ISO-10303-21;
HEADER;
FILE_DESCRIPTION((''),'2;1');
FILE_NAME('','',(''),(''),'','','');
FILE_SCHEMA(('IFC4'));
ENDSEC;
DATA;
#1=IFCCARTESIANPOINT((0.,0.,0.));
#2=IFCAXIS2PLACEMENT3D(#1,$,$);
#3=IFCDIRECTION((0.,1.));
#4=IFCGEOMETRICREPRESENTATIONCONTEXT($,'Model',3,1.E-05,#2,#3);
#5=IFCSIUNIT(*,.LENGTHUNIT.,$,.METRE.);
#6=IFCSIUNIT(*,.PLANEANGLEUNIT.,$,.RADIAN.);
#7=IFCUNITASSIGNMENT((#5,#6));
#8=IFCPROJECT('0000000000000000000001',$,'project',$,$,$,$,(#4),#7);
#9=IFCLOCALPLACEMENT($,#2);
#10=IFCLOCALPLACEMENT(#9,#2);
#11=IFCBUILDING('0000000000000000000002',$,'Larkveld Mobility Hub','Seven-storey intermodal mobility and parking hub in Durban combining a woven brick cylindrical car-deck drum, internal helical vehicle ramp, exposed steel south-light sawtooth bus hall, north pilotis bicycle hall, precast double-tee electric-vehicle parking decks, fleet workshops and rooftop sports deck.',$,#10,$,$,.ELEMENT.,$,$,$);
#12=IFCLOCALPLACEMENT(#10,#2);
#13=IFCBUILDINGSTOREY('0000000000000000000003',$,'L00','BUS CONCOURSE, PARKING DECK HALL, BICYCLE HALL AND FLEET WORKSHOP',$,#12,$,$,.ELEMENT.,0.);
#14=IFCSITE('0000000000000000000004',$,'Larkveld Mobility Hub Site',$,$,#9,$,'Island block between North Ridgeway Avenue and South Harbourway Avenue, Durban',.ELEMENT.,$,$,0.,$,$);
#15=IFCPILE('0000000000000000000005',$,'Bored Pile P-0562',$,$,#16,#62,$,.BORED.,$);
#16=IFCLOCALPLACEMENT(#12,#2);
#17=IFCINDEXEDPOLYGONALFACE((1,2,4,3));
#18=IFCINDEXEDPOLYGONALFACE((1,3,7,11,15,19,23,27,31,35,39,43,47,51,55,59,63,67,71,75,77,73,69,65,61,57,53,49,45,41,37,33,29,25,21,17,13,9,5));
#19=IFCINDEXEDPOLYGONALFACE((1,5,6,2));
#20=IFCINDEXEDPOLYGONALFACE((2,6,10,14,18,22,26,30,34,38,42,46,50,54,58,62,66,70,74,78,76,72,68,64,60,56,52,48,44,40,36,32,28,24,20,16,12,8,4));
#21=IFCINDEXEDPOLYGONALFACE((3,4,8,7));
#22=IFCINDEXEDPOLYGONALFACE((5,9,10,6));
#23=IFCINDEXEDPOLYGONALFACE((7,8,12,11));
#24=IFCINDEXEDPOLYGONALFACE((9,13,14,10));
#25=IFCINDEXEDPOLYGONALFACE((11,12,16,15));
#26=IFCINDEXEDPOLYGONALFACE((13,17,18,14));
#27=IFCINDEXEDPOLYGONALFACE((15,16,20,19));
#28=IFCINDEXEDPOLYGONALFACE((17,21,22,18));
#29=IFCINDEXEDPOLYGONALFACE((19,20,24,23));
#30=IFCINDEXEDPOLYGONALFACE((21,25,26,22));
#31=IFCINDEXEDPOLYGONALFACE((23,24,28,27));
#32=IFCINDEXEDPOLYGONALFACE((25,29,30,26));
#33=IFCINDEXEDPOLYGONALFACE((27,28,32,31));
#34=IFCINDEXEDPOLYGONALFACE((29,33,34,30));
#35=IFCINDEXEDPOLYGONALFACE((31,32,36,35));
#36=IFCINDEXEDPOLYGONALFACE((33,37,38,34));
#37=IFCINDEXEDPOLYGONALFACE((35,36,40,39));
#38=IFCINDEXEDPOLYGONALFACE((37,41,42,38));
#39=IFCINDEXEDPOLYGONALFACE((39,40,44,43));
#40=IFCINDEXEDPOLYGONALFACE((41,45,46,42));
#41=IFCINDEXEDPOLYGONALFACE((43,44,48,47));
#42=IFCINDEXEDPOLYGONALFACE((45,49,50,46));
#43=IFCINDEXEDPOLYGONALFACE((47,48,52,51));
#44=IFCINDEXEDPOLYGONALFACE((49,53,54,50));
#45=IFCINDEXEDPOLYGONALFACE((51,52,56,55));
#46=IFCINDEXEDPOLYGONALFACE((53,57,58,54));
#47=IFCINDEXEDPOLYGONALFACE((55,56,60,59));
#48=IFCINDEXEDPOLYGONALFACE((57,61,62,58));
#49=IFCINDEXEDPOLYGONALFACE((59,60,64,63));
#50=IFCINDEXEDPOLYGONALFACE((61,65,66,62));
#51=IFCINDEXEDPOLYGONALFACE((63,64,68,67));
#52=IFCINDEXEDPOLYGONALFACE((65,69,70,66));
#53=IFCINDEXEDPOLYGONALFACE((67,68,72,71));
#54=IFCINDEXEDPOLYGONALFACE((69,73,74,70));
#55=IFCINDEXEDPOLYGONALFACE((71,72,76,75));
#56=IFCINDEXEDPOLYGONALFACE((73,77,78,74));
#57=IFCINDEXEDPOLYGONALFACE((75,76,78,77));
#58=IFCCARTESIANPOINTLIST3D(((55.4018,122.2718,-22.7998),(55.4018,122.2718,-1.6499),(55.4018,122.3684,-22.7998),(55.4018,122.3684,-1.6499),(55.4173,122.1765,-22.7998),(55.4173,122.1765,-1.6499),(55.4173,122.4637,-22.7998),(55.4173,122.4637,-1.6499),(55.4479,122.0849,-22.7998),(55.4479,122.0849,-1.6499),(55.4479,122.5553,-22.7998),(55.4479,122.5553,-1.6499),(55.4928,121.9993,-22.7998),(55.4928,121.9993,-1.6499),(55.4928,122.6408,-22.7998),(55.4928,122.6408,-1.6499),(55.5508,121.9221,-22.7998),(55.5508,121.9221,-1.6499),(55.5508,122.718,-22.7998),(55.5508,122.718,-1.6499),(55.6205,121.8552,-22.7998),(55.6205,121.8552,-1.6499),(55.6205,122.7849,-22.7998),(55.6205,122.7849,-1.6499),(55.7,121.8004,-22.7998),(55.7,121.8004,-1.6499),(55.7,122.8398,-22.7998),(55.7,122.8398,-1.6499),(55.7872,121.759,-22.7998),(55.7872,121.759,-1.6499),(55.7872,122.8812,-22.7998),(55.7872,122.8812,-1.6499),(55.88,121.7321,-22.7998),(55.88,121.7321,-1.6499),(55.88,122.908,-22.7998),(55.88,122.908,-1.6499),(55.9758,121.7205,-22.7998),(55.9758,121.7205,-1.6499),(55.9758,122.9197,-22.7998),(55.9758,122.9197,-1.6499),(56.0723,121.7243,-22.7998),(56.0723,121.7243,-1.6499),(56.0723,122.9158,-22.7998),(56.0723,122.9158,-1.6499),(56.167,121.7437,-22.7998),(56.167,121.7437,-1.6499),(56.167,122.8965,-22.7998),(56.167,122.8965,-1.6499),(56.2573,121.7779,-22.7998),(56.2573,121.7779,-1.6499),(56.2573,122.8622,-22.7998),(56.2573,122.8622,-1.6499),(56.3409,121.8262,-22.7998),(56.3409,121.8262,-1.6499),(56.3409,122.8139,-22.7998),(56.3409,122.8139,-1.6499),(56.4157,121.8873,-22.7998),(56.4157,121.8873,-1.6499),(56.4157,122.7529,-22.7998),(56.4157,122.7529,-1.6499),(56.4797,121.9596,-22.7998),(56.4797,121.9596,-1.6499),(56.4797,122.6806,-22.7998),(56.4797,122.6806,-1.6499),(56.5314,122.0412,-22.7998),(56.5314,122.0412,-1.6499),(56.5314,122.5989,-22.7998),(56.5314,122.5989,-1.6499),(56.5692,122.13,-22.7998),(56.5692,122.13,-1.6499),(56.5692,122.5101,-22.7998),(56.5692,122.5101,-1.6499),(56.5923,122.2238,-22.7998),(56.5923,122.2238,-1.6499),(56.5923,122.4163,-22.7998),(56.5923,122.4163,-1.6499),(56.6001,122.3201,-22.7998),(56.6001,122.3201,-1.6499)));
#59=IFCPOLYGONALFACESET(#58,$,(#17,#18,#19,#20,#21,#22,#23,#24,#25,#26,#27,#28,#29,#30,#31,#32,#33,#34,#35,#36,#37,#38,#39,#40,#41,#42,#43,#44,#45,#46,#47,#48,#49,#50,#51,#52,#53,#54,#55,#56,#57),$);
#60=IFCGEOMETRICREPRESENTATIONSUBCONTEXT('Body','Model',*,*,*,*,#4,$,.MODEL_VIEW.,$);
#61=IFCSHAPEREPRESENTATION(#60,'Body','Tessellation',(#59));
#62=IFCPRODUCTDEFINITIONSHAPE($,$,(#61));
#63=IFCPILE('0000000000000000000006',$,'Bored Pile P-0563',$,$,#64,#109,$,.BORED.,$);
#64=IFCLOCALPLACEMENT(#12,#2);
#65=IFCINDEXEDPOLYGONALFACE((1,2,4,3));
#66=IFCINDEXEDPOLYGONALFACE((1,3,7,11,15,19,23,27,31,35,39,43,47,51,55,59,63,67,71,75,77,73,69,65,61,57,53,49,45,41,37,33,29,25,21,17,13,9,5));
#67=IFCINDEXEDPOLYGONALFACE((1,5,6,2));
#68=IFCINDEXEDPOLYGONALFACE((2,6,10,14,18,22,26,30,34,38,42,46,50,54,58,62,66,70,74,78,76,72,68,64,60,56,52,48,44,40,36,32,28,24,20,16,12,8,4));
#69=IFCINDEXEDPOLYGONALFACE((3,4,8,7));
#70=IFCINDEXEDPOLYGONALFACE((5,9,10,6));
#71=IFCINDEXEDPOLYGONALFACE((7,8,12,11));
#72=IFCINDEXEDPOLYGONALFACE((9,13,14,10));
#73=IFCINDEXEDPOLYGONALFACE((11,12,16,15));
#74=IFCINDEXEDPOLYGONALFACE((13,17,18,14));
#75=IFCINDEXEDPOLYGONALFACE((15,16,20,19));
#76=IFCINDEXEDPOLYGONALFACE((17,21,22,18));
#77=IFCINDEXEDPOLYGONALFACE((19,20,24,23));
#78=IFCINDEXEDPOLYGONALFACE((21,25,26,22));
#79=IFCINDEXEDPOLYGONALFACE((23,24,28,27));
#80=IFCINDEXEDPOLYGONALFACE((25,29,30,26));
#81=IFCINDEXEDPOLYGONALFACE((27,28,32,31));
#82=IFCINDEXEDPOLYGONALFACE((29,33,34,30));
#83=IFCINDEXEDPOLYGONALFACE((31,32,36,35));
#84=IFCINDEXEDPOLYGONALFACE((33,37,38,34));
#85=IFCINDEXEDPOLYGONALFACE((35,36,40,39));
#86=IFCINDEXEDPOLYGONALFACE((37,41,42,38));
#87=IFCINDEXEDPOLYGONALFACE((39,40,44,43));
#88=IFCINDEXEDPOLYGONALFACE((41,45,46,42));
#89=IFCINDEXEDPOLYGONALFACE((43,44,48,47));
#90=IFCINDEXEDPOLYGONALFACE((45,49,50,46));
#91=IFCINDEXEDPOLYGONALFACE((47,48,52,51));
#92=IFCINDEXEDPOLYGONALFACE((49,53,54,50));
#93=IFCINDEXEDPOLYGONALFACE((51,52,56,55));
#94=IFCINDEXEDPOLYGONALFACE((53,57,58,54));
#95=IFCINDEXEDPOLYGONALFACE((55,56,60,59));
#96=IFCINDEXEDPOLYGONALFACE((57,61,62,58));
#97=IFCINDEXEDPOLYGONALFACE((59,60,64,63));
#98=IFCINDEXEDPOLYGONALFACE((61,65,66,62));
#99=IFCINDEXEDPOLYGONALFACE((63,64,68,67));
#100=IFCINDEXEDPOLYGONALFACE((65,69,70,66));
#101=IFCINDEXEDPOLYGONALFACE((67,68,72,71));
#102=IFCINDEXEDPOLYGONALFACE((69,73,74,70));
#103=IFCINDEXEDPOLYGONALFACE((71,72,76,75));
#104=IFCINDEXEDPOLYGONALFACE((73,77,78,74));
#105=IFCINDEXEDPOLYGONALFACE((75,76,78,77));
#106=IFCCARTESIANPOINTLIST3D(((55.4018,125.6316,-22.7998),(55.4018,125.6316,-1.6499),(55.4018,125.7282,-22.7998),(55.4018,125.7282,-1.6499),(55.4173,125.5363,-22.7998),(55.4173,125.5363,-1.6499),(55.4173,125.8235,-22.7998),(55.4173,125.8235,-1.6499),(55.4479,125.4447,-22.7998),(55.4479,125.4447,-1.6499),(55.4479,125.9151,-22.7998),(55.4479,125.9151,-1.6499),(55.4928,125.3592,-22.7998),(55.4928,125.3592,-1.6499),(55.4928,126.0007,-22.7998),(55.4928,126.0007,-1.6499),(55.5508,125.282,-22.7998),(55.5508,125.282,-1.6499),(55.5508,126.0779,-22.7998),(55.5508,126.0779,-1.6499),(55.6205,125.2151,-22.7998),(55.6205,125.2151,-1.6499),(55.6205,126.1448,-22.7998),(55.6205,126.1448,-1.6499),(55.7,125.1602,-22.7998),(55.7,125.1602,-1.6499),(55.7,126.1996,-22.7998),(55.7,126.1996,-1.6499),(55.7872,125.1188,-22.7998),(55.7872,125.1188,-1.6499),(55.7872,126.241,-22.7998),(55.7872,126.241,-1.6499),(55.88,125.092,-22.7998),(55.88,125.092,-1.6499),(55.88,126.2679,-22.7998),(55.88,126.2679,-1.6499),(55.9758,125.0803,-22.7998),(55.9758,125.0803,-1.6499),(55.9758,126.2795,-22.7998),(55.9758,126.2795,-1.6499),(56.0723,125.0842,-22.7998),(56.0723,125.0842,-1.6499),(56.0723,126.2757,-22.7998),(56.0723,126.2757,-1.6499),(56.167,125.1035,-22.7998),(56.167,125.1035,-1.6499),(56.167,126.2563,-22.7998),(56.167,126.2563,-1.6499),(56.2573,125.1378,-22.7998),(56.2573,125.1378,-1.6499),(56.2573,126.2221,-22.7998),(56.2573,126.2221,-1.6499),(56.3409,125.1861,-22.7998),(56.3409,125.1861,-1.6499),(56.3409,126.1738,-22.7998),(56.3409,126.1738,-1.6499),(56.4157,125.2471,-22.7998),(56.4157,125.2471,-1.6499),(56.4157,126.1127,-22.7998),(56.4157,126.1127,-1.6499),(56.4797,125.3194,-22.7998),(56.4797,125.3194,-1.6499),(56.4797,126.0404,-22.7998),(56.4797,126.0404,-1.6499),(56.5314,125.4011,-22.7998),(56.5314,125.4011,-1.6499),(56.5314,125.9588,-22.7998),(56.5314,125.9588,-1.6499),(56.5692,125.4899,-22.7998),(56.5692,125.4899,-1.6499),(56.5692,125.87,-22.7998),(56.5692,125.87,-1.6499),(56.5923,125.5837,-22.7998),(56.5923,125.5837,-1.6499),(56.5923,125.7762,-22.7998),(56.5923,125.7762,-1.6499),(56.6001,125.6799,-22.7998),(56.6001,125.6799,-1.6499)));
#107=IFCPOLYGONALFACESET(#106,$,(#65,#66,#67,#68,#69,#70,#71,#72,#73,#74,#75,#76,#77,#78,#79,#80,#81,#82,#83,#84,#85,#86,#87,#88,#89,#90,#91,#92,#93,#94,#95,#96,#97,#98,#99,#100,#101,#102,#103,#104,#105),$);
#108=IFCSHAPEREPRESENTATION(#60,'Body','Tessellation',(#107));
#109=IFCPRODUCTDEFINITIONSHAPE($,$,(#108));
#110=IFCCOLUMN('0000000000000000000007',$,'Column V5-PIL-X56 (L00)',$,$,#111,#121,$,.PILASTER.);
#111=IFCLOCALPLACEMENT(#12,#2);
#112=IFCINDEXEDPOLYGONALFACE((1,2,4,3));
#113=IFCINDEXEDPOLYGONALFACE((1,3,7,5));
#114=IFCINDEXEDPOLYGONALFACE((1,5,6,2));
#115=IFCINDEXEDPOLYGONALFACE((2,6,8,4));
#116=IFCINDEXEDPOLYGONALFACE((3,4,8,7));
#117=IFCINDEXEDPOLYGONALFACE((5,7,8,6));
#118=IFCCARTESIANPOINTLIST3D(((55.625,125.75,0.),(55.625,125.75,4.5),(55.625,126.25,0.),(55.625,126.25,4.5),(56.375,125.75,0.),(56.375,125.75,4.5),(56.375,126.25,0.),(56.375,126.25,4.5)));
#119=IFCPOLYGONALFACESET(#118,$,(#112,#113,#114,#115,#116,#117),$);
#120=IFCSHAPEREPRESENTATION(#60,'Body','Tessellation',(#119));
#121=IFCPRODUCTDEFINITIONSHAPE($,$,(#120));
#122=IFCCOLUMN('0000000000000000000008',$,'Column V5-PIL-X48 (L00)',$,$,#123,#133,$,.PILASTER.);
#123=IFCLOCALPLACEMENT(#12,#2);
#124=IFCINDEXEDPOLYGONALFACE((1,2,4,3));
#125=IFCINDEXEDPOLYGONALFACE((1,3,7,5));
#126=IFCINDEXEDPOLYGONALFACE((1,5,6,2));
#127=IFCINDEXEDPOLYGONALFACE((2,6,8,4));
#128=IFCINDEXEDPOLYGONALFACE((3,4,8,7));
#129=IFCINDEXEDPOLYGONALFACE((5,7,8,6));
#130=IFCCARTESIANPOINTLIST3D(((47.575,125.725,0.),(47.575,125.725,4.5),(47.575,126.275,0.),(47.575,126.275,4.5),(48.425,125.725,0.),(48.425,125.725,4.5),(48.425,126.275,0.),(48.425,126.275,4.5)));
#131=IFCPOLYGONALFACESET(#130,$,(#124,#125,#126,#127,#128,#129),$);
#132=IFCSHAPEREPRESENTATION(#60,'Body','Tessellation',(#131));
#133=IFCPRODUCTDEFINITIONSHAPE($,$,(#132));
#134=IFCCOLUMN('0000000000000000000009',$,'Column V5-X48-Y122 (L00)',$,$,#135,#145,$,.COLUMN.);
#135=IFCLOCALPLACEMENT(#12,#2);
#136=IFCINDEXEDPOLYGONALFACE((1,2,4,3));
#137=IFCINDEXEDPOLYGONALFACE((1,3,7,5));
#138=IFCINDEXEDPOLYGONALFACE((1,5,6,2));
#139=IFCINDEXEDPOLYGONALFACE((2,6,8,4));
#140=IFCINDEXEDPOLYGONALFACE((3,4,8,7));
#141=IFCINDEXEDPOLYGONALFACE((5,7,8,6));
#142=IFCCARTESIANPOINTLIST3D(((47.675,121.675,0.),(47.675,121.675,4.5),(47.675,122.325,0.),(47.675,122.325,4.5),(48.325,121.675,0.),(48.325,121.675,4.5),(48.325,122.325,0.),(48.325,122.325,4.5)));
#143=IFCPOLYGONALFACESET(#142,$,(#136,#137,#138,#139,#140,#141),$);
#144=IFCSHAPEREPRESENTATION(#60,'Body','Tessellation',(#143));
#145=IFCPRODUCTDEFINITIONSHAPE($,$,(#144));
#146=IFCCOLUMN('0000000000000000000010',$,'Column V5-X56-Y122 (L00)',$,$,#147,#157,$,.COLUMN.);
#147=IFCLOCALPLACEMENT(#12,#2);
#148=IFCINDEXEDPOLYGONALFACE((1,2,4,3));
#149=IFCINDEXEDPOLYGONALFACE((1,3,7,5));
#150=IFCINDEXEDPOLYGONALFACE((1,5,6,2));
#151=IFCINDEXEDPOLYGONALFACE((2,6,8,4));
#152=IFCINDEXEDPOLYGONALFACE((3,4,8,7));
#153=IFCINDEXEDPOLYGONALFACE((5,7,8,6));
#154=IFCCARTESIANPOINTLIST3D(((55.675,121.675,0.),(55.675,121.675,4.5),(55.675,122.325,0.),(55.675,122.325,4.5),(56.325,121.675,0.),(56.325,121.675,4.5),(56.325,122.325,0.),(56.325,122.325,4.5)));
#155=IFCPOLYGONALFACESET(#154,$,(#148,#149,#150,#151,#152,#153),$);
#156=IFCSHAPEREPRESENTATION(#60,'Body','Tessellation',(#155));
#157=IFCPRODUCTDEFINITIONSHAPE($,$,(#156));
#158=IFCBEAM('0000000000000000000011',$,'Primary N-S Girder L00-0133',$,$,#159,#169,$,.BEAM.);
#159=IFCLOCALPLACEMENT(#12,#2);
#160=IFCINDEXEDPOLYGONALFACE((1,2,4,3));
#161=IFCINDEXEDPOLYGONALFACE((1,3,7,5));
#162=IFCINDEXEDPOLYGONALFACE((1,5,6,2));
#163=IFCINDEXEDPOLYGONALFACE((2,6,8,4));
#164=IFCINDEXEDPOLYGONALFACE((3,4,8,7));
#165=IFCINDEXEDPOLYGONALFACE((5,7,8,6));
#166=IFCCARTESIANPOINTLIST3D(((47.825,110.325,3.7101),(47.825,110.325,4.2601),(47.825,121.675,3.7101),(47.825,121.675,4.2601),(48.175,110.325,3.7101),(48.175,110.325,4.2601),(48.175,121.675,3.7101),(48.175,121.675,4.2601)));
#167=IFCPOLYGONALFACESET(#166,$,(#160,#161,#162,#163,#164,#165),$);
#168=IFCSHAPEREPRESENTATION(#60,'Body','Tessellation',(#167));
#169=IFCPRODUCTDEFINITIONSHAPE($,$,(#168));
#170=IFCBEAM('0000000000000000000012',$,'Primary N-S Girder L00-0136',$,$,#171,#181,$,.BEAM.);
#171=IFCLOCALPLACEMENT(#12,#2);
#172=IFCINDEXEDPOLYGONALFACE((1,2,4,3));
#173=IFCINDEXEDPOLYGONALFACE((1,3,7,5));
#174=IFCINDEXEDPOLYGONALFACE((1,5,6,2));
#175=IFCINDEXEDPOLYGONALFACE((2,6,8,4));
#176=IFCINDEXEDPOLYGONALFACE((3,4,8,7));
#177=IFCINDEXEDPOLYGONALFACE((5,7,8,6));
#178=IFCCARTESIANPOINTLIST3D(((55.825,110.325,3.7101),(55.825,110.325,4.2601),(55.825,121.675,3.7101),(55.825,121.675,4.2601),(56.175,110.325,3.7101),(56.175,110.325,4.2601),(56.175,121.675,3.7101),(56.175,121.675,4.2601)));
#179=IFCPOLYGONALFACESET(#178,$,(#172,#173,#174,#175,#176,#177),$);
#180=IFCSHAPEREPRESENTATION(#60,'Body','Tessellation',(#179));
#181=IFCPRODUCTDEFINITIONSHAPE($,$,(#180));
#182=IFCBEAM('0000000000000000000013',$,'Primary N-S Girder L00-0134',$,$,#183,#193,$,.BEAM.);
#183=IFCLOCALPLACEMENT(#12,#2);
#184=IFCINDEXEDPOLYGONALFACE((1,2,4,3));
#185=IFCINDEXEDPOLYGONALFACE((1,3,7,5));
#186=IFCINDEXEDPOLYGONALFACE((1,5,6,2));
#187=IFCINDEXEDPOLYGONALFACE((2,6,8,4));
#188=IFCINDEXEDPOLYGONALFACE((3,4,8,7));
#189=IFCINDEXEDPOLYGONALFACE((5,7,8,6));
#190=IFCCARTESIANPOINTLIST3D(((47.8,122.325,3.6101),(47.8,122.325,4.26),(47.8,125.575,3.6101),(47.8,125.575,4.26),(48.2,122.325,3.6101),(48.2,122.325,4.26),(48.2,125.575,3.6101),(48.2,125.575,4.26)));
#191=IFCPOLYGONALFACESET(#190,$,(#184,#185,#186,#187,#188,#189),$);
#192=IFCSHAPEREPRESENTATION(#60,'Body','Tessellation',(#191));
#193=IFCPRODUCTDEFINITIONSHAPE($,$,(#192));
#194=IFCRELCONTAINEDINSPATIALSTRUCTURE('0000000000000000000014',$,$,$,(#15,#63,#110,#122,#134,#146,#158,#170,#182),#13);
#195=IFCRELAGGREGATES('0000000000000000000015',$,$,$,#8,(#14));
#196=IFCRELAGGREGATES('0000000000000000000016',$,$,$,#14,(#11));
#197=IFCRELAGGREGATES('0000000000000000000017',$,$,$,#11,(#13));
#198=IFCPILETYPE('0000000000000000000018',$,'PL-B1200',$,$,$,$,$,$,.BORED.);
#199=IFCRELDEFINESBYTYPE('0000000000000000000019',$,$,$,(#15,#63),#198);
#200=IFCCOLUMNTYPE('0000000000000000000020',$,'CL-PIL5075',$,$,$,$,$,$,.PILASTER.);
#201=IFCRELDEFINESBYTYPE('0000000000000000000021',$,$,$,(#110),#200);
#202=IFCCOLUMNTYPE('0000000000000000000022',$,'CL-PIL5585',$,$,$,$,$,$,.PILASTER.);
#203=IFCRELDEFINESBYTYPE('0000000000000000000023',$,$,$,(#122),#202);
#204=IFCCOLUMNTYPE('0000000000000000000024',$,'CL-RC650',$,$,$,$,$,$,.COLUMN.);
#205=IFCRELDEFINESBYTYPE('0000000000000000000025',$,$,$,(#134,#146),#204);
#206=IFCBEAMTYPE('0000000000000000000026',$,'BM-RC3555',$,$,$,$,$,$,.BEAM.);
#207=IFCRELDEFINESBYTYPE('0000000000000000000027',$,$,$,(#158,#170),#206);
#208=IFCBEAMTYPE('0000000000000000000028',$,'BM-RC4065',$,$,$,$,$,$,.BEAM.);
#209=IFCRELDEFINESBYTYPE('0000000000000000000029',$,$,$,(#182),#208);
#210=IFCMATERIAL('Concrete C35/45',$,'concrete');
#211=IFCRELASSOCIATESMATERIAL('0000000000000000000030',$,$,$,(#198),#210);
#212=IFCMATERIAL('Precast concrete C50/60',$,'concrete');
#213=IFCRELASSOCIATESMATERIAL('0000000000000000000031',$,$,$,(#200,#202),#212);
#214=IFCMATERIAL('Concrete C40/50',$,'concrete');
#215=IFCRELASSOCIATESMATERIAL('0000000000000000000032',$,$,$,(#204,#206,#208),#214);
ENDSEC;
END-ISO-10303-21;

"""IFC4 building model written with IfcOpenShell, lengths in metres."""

from ifc_helpers import new_model, si_unit, direction, frame, origin, origin_2d, place, context, subcontext, project, spatial, rectangle, circle, extrude, material, material_profile, profile_set, type_object, element, save


model = new_model("IFC4")

# Units and contexts
model_context = context("Model", 3, precision=1e-05, world=origin(), true_north=direction((0.0, 1.0)))
body_context = subcontext(model_context, "Body", "Model", "MODEL_VIEW")
ifc_project = project(units=[si_unit("LENGTHUNIT", "METRE"), si_unit("PLANEANGLEUNIT", "RADIAN")], contexts=[model_context])

# Site, building, storey
site_placement = place(None, origin())
site = spatial("IfcSite", under=ifc_project, at=site_placement, Name="Larkveld Mobility Hub Site", LongName="Island block between North Ridgeway Avenue and South Harbourway Avenue, Durban", CompositionType="ELEMENT", RefElevation=0.0)
building_placement = place(site_placement, origin())
building = spatial("IfcBuilding", under=site, at=building_placement, Name="Larkveld Mobility Hub", Description="Seven-storey intermodal mobility and parking hub in Durban combining a woven brick cylindrical car-deck drum, internal helical vehicle ramp, exposed steel south-light sawtooth bus hall, north pilotis bicycle hall, precast double-tee electric-vehicle parking decks, fleet workshops and rooftop sports deck.", CompositionType="ELEMENT")
storey_placement = place(building_placement, origin())
storey = spatial("IfcBuildingStorey", under=building, at=storey_placement, Name="L00", Description="BUS CONCOURSE, PARKING DECK HALL, BICYCLE HALL AND FLEET WORKSHOP", CompositionType="ELEMENT", Elevation=0.0)

# Shared definitions
ifc_material_1 = material(Name="Concrete C35/45", Category="concrete")

# Piles
ifc_material_profile_1 = material_profile(ifc_material_1, circle(Radius=0.6001, at=origin_2d()), Name="PILE D1200")
ifc_profile_set_1 = profile_set([ifc_material_profile_1], Name="Concrete C35/45")
pile_type = type_object("IfcPileType", Name="PL-B1200", PredefinedType="BORED", material=ifc_profile_set_1)
for number, where, z_axis, x_axis, name in (
    (1, (56.0, 122.3201, -1.6499), (0.0, 0.0, -1.0), (1.0, 0.0, 0.0), "Bored Pile P-0562"),
    (2, (56.0, 125.6799, -1.6499), (0.0, 0.0, -1.0), (1.0, 0.0, 0.0), "Bored Pile P-0563"),
):
    element("IfcPile", number, at=place(storey_placement, frame(where, z_axis=z_axis, x_axis=x_axis)), inside=storey, type_object=pile_type, Name=name, PredefinedType="BORED", context=body_context, shape_type="SweptSolid", body=[
        extrude(circle(Radius=0.6001, at=origin_2d()), origin(), (0.0, 0.0, 1.0), 21.1499),
    ])

# Columns
ifc_material_2 = material(Name="Precast concrete C50/60", Category="concrete")
ifc_material_profile_2 = material_profile(ifc_material_2, rectangle(XDim=0.5, YDim=0.75, at=origin_2d()), Name="PC PIL 500x750")
ifc_profile_set_2 = profile_set([ifc_material_profile_2], Name="Precast concrete C50/60")
column_type_1 = type_object("IfcColumnType", Name="CL-PIL5075", PredefinedType="PILASTER", material=ifc_profile_set_2)
column_1_placement = place(storey_placement, frame((56.0, 126.0, 0.0), z_axis=(0.0, 0.0, 1.0), x_axis=(0.0, 1.0, 0.0)))
element("IfcColumn", 3, at=column_1_placement, inside=storey, type_object=column_type_1, Name="Column V5-PIL-X56 (L00)", PredefinedType="PILASTER", context=body_context, shape_type="SweptSolid", body=[
    extrude(rectangle(XDim=0.5, YDim=0.75, at=origin_2d()), origin(), (0.0, 0.0, 1.0), 4.5),
])
ifc_material_profile_3 = material_profile(ifc_material_2, rectangle(XDim=0.55, YDim=0.8501, at=origin_2d()), Name="PC PIL 550x850")
ifc_profile_set_3 = profile_set([ifc_material_profile_3], Name="Precast concrete C50/60")
column_type_2 = type_object("IfcColumnType", Name="CL-PIL5585", PredefinedType="PILASTER", material=ifc_profile_set_3)
column_2_placement = place(storey_placement, frame((48.0, 126.0, 0.0), z_axis=(0.0, 0.0, 1.0), x_axis=(0.0, 1.0, 0.0)))
element("IfcColumn", 4, at=column_2_placement, inside=storey, type_object=column_type_2, Name="Column V5-PIL-X48 (L00)", PredefinedType="PILASTER", context=body_context, shape_type="SweptSolid", body=[
    extrude(rectangle(XDim=0.55, YDim=0.8501, at=origin_2d()), origin(), (0.0, 0.0, 1.0), 4.5),
])
ifc_material_3 = material(Name="Concrete C40/50", Category="concrete")
ifc_material_profile_4 = material_profile(ifc_material_3, rectangle(XDim=0.6499, YDim=0.6499, at=origin_2d()), Name="RC COL 650x650")
ifc_profile_set_4 = profile_set([ifc_material_profile_4], Name="Concrete C40/50")
column_type_3 = type_object("IfcColumnType", Name="CL-RC650", PredefinedType="COLUMN", material=ifc_profile_set_4)
for number, where, z_axis, x_axis, name in (
    (5, (48.0, 122.0, 0.0), (0.0, 0.0, 1.0), (1.0, 0.0, 0.0), "Column V5-X48-Y122 (L00)"),
    (6, (56.0, 122.0, 0.0), (0.0, 0.0, 1.0), (1.0, 0.0, 0.0), "Column V5-X56-Y122 (L00)"),
):
    element("IfcColumn", number, at=place(storey_placement, frame(where, z_axis=z_axis, x_axis=x_axis)), inside=storey, type_object=column_type_3, Name=name, PredefinedType="COLUMN", context=body_context, shape_type="SweptSolid", body=[
        extrude(rectangle(XDim=0.6499, YDim=0.6499, at=origin_2d()), origin(), (0.0, 0.0, 1.0), 4.5),
    ])

# Beams
ifc_material_profile_5 = material_profile(ifc_material_3, rectangle(XDim=0.3501, YDim=0.55, at=origin_2d()), Name="RC BM 350x550")
ifc_profile_set_5 = profile_set([ifc_material_profile_5], Name="Concrete C40/50")
beam_type_1 = type_object("IfcBeamType", Name="BM-RC3555", PredefinedType="BEAM", material=ifc_profile_set_5)
for number, where, z_axis, x_axis, name in (
    (7, (48.0, 110.325, 3.9851), (0.0, 1.0, 0.0), (-1.0, 0.0, 0.0), "Primary N-S Girder L00-0133"),
    (8, (56.0, 110.325, 3.9851), (0.0, 1.0, 0.0), (-1.0, 0.0, 0.0), "Primary N-S Girder L00-0136"),
):
    element("IfcBeam", number, at=place(storey_placement, frame(where, z_axis=z_axis, x_axis=x_axis)), inside=storey, type_object=beam_type_1, Name=name, PredefinedType="BEAM", context=body_context, shape_type="SweptSolid", body=[
        extrude(rectangle(XDim=0.3501, YDim=0.55, at=origin_2d()), origin(), (0.0, 0.0, 1.0), 11.3501),
    ])
ifc_material_profile_6 = material_profile(ifc_material_3, rectangle(XDim=0.3999, YDim=0.6499, at=origin_2d()), Name="RC BM 400x650")
ifc_profile_set_6 = profile_set([ifc_material_profile_6], Name="Concrete C40/50")
beam_type_2 = type_object("IfcBeamType", Name="BM-RC4065", PredefinedType="BEAM", material=ifc_profile_set_6)
beam_1_placement = place(storey_placement, frame((48.0, 122.325, 3.9351), z_axis=(0.0, 1.0, 0.0), x_axis=(-1.0, 0.0, 0.0)))
element("IfcBeam", 9, at=beam_1_placement, inside=storey, type_object=beam_type_2, Name="Primary N-S Girder L00-0134", PredefinedType="BEAM", context=body_context, shape_type="SweptSolid", body=[
    extrude(rectangle(XDim=0.3999, YDim=0.6499, at=origin_2d()), origin(), (0.0, 0.0, 1.0), 3.25),
])

save(model, "model.ifc")
